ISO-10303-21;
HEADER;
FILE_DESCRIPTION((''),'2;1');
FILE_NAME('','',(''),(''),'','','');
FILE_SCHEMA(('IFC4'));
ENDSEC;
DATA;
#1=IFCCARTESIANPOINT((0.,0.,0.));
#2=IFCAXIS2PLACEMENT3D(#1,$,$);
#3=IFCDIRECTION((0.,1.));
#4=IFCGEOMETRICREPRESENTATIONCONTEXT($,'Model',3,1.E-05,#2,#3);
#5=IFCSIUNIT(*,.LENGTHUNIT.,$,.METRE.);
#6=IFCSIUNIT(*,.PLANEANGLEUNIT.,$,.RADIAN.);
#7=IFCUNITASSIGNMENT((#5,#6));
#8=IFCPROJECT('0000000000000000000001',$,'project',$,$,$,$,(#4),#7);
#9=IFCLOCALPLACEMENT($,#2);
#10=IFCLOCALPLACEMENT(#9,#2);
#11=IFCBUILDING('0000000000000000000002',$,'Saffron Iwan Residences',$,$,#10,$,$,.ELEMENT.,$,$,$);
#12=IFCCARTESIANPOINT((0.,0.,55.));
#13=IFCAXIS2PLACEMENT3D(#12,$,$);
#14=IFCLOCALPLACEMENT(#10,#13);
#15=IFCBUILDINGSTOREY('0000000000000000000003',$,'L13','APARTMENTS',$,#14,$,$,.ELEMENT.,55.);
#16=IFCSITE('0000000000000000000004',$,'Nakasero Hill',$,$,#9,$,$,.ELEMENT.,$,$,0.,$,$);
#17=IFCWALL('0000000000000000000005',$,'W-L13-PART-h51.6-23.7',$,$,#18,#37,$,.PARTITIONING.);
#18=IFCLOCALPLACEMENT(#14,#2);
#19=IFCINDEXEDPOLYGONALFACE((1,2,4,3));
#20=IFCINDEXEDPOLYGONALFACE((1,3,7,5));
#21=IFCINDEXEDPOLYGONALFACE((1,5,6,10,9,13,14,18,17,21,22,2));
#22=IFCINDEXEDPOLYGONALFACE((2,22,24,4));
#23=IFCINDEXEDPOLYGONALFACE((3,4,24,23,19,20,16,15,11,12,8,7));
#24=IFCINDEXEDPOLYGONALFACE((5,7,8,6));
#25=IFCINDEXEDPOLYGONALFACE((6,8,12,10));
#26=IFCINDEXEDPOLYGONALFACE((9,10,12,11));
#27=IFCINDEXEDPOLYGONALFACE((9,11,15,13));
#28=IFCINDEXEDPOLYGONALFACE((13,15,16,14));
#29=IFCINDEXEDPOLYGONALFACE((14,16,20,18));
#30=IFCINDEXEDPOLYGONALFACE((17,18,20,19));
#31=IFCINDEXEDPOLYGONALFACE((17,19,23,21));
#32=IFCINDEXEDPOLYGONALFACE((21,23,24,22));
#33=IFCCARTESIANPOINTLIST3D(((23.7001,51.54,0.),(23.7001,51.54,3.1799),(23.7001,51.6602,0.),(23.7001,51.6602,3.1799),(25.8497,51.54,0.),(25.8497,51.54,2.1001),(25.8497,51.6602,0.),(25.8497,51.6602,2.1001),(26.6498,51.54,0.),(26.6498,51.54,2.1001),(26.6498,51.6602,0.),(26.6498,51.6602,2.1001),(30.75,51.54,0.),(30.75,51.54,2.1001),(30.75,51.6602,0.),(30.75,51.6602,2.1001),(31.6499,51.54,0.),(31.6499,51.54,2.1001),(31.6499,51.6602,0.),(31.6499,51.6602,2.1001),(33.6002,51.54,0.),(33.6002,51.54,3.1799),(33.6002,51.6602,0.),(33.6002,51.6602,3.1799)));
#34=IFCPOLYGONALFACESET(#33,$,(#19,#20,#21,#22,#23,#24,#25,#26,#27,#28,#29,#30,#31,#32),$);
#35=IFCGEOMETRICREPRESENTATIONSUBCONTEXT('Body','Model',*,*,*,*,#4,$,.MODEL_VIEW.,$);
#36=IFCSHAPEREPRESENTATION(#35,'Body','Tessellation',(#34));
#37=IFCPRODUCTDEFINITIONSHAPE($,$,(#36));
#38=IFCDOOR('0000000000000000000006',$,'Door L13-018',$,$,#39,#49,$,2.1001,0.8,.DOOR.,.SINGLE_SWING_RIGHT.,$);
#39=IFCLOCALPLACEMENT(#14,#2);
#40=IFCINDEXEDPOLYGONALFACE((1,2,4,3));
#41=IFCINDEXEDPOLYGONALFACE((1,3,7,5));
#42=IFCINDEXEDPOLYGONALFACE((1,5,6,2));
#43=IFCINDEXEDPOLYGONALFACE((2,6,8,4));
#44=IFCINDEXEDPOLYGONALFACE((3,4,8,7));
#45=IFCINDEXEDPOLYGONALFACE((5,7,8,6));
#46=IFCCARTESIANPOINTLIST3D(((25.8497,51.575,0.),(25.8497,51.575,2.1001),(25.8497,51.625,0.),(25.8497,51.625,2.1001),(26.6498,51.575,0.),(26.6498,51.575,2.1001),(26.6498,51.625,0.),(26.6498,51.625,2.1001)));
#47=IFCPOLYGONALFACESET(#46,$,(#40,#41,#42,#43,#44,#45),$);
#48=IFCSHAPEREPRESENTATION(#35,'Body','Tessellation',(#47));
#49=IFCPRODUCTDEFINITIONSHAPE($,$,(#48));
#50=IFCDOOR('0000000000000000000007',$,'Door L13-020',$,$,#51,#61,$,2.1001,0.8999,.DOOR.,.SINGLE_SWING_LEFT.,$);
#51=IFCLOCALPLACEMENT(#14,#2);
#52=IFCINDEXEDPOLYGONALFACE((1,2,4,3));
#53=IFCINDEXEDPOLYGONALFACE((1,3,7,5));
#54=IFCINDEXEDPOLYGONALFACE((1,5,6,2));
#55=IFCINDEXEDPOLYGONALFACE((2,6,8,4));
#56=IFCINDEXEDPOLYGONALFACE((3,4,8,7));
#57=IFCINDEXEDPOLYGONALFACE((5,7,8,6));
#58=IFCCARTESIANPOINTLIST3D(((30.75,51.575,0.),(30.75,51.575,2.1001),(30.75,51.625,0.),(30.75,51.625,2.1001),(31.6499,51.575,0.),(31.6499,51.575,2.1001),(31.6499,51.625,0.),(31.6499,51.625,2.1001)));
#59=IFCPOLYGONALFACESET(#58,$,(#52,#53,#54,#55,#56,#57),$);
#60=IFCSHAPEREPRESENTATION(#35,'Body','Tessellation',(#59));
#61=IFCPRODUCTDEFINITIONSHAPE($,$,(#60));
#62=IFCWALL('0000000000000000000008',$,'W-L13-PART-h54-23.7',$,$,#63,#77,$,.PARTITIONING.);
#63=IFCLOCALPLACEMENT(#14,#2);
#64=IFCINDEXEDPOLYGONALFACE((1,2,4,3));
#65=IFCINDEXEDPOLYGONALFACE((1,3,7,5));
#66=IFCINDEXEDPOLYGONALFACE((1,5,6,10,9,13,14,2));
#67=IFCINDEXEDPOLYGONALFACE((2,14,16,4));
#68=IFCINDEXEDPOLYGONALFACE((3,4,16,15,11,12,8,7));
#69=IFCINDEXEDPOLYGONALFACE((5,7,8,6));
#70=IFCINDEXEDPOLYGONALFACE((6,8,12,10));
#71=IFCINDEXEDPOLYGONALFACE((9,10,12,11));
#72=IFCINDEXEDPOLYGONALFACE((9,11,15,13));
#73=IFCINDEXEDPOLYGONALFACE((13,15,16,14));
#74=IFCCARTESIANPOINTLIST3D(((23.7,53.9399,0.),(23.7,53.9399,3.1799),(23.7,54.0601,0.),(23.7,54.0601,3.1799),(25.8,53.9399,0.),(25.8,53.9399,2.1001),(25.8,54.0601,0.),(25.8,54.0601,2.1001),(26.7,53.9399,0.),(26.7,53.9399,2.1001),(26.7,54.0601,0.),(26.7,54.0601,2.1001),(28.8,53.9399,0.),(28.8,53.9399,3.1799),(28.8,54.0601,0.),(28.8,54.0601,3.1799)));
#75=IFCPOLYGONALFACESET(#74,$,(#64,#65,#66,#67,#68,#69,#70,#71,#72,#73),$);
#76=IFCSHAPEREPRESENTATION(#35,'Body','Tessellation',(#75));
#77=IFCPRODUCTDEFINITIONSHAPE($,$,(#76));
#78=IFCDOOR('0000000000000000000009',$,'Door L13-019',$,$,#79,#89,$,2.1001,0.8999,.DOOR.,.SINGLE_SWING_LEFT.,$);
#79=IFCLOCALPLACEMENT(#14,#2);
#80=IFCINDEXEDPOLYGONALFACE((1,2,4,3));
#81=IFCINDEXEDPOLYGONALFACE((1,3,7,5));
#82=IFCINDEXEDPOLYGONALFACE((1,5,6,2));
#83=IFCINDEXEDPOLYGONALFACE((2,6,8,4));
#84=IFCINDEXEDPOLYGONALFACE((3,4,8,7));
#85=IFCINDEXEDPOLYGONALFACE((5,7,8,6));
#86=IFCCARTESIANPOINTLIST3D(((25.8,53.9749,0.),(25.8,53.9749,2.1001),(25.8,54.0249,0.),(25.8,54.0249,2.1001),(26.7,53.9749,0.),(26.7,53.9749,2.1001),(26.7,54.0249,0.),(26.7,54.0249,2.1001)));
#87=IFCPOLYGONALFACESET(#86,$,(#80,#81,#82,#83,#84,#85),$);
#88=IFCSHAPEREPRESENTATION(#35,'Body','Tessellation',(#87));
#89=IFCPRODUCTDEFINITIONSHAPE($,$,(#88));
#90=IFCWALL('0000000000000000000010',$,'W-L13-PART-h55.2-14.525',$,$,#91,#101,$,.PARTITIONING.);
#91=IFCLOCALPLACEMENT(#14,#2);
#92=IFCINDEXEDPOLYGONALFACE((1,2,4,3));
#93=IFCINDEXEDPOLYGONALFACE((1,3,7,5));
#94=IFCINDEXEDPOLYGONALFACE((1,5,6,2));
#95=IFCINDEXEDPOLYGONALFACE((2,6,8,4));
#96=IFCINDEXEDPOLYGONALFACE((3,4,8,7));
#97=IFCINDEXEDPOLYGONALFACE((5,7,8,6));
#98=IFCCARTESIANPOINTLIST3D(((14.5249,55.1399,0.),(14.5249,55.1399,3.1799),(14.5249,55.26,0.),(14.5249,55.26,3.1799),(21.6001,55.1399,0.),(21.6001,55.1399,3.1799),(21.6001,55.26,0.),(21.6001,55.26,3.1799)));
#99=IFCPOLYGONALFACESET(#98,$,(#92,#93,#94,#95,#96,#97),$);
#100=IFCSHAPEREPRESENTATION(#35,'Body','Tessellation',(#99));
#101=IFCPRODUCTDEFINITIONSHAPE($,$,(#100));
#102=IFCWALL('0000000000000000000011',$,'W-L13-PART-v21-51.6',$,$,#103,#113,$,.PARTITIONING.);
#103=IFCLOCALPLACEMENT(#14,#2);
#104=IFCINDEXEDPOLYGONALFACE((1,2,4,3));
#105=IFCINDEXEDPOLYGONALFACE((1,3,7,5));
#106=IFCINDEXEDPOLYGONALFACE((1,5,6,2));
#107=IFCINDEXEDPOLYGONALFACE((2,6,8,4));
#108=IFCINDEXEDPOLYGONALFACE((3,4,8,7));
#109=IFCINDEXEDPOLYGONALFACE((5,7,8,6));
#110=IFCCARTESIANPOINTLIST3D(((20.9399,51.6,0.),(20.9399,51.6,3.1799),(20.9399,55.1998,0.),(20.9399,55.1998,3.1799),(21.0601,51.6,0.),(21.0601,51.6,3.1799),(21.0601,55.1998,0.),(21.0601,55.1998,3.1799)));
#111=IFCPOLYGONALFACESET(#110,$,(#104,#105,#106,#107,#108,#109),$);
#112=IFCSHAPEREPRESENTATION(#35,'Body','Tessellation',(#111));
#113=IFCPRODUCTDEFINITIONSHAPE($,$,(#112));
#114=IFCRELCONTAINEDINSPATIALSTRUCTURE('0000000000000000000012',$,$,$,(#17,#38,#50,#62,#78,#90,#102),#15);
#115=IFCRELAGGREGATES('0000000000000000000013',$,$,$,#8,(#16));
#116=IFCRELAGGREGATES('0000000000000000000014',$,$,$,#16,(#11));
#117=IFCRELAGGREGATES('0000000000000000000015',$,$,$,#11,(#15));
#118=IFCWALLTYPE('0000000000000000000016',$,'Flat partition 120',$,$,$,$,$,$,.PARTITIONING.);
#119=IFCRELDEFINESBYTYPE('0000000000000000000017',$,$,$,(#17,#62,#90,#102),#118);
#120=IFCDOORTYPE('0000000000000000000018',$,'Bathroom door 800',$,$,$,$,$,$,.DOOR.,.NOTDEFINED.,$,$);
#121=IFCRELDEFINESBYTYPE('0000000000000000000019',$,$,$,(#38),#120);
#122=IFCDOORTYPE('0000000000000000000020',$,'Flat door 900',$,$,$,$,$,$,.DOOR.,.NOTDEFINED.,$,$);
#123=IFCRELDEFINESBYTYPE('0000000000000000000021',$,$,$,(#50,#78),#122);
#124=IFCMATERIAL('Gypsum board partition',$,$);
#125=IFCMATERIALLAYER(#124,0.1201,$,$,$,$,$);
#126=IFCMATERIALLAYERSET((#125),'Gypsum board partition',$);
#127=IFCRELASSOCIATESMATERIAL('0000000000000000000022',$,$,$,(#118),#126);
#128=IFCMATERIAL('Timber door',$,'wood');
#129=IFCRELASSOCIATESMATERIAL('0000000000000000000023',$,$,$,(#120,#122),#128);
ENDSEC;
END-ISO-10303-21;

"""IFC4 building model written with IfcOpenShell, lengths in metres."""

from ifc_helpers import new_model, si_unit, direction, frame, frame_2d, origin, place, context, subcontext, project, spatial, rectangle, extrude, material, layer, layer_set, type_object, element, fill, save


model = new_model("IFC4")

# Units and contexts
model_context = context("Model", 3, precision=1e-05, world=origin(), true_north=direction((0.0, 1.0)))
body_context = subcontext(model_context, "Body", "Model", "MODEL_VIEW")
ifc_project = project(units=[si_unit("LENGTHUNIT", "METRE"), si_unit("PLANEANGLEUNIT", "RADIAN")], contexts=[model_context])

# Site, building, storey
site_placement = place(None, origin())
site = spatial("IfcSite", under=ifc_project, at=site_placement, Name="Nakasero Hill", CompositionType="ELEMENT", RefElevation=0.0)
building_placement = place(site_placement, origin())
building = spatial("IfcBuilding", under=site, at=building_placement, Name="Saffron Iwan Residences", CompositionType="ELEMENT")
storey_placement = place(building_placement, frame((0.0, 0.0, 55.0)))
storey = spatial("IfcBuildingStorey", under=building, at=storey_placement, Name="L13", Description="APARTMENTS", CompositionType="ELEMENT", Elevation=55.0)

# Shared definitions
ifc_material_1 = material(Name="Gypsum board partition")
ifc_layer_1 = layer(ifc_material_1, 0.1201)
ifc_layer_set_1 = layer_set([ifc_layer_1], Name="Gypsum board partition")
wall_type_1 = type_object("IfcWallType", Name="Flat partition 120", PredefinedType="PARTITIONING", material=ifc_layer_set_1)
ifc_material_2 = material(Name="Timber door", Category="wood")
door_type_1 = type_object("IfcDoorType", Name="Bathroom door 800", OperationType="NOTDEFINED", PredefinedType="DOOR", material=ifc_material_2)

# Wall, openings, doors
wall_1_placement = place(storey_placement, frame((23.7, 51.6001, 0.0), z_axis=(0.0, 0.0, 1.0), x_axis=(1.0, 0.0, 0.0)))
wall_1 = element("IfcWall", 1, at=wall_1_placement, inside=storey, type_object=wall_type_1, Name="W-L13-PART-h51.6-23.7", PredefinedType="PARTITIONING", context=body_context, shape_type="SweptSolid", body=[
    extrude(rectangle(XDim=9.9001, YDim=0.1201, at=frame_2d((4.9502, 0.0))), origin(), (0.0, 0.0, 1.0), 3.1799),
])
opening_1_placement = place(wall_1_placement, frame((2.1499, 0.0, 0.0)))
opening_1 = element("IfcOpeningElement", 2, at=opening_1_placement, cuts=wall_1, PredefinedType="OPENING", context=body_context, shape_type="SweptSolid", body=[
    extrude(rectangle(XDim=0.8, YDim=2.1001, at=frame_2d((0.3999, 1.05))), frame((0.0, 0.0701, 0.0), z_axis=(0.0, -1.0, 0.0), x_axis=(1.0, 0.0, 0.0)), (0.0, 0.0, 1.0), 0.1401),
])
opening_2_placement = place(wall_1_placement, frame((7.05, 0.0, 0.0)))
opening_2 = element("IfcOpeningElement", 3, at=opening_2_placement, cuts=wall_1, PredefinedType="OPENING", context=body_context, shape_type="SweptSolid", body=[
    extrude(rectangle(XDim=0.8999, YDim=2.1001, at=frame_2d((0.45, 1.05))), frame((0.0, 0.0701, 0.0), z_axis=(0.0, -1.0, 0.0), x_axis=(1.0, 0.0, 0.0)), (0.0, 0.0, 1.0), 0.1401),
])
door_1_placement = place(opening_1_placement, origin())
door_1 = element("IfcDoor", 4, at=door_1_placement, inside=storey, type_object=door_type_1, Name="Door L13-018", OperationType="SINGLE_SWING_RIGHT", OverallHeight=2.1001, OverallWidth=0.8, PredefinedType="DOOR", context=body_context, shape_type="SweptSolid", body=[
    extrude(rectangle(XDim=0.8, YDim=2.1001, at=frame_2d((0.3999, 1.05))), frame((0.0, 0.0249, 0.0), z_axis=(0.0, -1.0, 0.0), x_axis=(1.0, 0.0, 0.0)), (0.0, 0.0, 1.0), 0.05),
])
fill(opening_1, door_1)
door_type_2 = type_object("IfcDoorType", Name="Flat door 900", OperationType="NOTDEFINED", PredefinedType="DOOR", material=ifc_material_2)
door_2_placement = place(opening_2_placement, origin())
door_2 = element("IfcDoor", 5, at=door_2_placement, inside=storey, type_object=door_type_2, Name="Door L13-020", OperationType="SINGLE_SWING_LEFT", OverallHeight=2.1001, OverallWidth=0.8999, PredefinedType="DOOR", context=body_context, shape_type="SweptSolid", body=[
    extrude(rectangle(XDim=0.8999, YDim=2.1001, at=frame_2d((0.45, 1.05))), frame((0.0, 0.0249, 0.0), z_axis=(0.0, -1.0, 0.0), x_axis=(1.0, 0.0, 0.0)), (0.0, 0.0, 1.0), 0.05),
])
fill(opening_2, door_2)

# Wall, opening, door
wall_2_placement = place(storey_placement, frame((23.7, 54.0, 0.0), z_axis=(0.0, 0.0, 1.0), x_axis=(1.0, 0.0, 0.0)))
wall_2 = element("IfcWall", 6, at=wall_2_placement, inside=storey, type_object=wall_type_1, Name="W-L13-PART-h54-23.7", PredefinedType="PARTITIONING", context=body_context, shape_type="SweptSolid", body=[
    extrude(rectangle(XDim=5.1001, YDim=0.1201, at=frame_2d((2.55, 0.0))), origin(), (0.0, 0.0, 1.0), 3.1799),
])
opening_3_placement = place(wall_2_placement, frame((2.1001, 0.0, 0.0)))
opening_3 = element("IfcOpeningElement", 7, at=opening_3_placement, cuts=wall_2, PredefinedType="OPENING", context=body_context, shape_type="SweptSolid", body=[
    extrude(rectangle(XDim=0.8999, YDim=2.1001, at=frame_2d((0.45, 1.05))), frame((0.0, 0.0701, 0.0), z_axis=(0.0, -1.0, 0.0), x_axis=(1.0, 0.0, 0.0)), (0.0, 0.0, 1.0), 0.1401),
])
door_3_placement = place(opening_3_placement, origin())
door_3 = element("IfcDoor", 8, at=door_3_placement, inside=storey, type_object=door_type_2, Name="Door L13-019", OperationType="SINGLE_SWING_LEFT", OverallHeight=2.1001, OverallWidth=0.8999, PredefinedType="DOOR", context=body_context, shape_type="SweptSolid", body=[
    extrude(rectangle(XDim=0.8999, YDim=2.1001, at=frame_2d((0.45, 1.05))), frame((0.0, 0.0249, 0.0), z_axis=(0.0, -1.0, 0.0), x_axis=(1.0, 0.0, 0.0)), (0.0, 0.0, 1.0), 0.05),
])
fill(opening_3, door_3)

# Walls
wall_3_placement = place(storey_placement, frame((14.5249, 55.2, 0.0), z_axis=(0.0, 0.0, 1.0), x_axis=(1.0, 0.0, 0.0)))
element("IfcWall", 9, at=wall_3_placement, inside=storey, type_object=wall_type_1, Name="W-L13-PART-h55.2-14.525", PredefinedType="PARTITIONING", context=body_context, shape_type="SweptSolid", body=[
    extrude(rectangle(XDim=7.0752, YDim=0.1201, at=frame_2d((3.5376, 0.0))), origin(), (0.0, 0.0, 1.0), 3.1799),
])
wall_4_placement = place(storey_placement, frame((21.0, 51.6001, 0.0), z_axis=(0.0, 0.0, 1.0), x_axis=(0.0, 1.0, 0.0)))
element("IfcWall", 10, at=wall_4_placement, inside=storey, type_object=wall_type_1, Name="W-L13-PART-v21-51.6", PredefinedType="PARTITIONING", context=body_context, shape_type="SweptSolid", body=[
    extrude(rectangle(XDim=3.5999, YDim=0.1201, at=frame_2d((1.7998, 0.0))), origin(), (0.0, 0.0, 1.0), 3.1799),
])

save(model, "model.ifc")
